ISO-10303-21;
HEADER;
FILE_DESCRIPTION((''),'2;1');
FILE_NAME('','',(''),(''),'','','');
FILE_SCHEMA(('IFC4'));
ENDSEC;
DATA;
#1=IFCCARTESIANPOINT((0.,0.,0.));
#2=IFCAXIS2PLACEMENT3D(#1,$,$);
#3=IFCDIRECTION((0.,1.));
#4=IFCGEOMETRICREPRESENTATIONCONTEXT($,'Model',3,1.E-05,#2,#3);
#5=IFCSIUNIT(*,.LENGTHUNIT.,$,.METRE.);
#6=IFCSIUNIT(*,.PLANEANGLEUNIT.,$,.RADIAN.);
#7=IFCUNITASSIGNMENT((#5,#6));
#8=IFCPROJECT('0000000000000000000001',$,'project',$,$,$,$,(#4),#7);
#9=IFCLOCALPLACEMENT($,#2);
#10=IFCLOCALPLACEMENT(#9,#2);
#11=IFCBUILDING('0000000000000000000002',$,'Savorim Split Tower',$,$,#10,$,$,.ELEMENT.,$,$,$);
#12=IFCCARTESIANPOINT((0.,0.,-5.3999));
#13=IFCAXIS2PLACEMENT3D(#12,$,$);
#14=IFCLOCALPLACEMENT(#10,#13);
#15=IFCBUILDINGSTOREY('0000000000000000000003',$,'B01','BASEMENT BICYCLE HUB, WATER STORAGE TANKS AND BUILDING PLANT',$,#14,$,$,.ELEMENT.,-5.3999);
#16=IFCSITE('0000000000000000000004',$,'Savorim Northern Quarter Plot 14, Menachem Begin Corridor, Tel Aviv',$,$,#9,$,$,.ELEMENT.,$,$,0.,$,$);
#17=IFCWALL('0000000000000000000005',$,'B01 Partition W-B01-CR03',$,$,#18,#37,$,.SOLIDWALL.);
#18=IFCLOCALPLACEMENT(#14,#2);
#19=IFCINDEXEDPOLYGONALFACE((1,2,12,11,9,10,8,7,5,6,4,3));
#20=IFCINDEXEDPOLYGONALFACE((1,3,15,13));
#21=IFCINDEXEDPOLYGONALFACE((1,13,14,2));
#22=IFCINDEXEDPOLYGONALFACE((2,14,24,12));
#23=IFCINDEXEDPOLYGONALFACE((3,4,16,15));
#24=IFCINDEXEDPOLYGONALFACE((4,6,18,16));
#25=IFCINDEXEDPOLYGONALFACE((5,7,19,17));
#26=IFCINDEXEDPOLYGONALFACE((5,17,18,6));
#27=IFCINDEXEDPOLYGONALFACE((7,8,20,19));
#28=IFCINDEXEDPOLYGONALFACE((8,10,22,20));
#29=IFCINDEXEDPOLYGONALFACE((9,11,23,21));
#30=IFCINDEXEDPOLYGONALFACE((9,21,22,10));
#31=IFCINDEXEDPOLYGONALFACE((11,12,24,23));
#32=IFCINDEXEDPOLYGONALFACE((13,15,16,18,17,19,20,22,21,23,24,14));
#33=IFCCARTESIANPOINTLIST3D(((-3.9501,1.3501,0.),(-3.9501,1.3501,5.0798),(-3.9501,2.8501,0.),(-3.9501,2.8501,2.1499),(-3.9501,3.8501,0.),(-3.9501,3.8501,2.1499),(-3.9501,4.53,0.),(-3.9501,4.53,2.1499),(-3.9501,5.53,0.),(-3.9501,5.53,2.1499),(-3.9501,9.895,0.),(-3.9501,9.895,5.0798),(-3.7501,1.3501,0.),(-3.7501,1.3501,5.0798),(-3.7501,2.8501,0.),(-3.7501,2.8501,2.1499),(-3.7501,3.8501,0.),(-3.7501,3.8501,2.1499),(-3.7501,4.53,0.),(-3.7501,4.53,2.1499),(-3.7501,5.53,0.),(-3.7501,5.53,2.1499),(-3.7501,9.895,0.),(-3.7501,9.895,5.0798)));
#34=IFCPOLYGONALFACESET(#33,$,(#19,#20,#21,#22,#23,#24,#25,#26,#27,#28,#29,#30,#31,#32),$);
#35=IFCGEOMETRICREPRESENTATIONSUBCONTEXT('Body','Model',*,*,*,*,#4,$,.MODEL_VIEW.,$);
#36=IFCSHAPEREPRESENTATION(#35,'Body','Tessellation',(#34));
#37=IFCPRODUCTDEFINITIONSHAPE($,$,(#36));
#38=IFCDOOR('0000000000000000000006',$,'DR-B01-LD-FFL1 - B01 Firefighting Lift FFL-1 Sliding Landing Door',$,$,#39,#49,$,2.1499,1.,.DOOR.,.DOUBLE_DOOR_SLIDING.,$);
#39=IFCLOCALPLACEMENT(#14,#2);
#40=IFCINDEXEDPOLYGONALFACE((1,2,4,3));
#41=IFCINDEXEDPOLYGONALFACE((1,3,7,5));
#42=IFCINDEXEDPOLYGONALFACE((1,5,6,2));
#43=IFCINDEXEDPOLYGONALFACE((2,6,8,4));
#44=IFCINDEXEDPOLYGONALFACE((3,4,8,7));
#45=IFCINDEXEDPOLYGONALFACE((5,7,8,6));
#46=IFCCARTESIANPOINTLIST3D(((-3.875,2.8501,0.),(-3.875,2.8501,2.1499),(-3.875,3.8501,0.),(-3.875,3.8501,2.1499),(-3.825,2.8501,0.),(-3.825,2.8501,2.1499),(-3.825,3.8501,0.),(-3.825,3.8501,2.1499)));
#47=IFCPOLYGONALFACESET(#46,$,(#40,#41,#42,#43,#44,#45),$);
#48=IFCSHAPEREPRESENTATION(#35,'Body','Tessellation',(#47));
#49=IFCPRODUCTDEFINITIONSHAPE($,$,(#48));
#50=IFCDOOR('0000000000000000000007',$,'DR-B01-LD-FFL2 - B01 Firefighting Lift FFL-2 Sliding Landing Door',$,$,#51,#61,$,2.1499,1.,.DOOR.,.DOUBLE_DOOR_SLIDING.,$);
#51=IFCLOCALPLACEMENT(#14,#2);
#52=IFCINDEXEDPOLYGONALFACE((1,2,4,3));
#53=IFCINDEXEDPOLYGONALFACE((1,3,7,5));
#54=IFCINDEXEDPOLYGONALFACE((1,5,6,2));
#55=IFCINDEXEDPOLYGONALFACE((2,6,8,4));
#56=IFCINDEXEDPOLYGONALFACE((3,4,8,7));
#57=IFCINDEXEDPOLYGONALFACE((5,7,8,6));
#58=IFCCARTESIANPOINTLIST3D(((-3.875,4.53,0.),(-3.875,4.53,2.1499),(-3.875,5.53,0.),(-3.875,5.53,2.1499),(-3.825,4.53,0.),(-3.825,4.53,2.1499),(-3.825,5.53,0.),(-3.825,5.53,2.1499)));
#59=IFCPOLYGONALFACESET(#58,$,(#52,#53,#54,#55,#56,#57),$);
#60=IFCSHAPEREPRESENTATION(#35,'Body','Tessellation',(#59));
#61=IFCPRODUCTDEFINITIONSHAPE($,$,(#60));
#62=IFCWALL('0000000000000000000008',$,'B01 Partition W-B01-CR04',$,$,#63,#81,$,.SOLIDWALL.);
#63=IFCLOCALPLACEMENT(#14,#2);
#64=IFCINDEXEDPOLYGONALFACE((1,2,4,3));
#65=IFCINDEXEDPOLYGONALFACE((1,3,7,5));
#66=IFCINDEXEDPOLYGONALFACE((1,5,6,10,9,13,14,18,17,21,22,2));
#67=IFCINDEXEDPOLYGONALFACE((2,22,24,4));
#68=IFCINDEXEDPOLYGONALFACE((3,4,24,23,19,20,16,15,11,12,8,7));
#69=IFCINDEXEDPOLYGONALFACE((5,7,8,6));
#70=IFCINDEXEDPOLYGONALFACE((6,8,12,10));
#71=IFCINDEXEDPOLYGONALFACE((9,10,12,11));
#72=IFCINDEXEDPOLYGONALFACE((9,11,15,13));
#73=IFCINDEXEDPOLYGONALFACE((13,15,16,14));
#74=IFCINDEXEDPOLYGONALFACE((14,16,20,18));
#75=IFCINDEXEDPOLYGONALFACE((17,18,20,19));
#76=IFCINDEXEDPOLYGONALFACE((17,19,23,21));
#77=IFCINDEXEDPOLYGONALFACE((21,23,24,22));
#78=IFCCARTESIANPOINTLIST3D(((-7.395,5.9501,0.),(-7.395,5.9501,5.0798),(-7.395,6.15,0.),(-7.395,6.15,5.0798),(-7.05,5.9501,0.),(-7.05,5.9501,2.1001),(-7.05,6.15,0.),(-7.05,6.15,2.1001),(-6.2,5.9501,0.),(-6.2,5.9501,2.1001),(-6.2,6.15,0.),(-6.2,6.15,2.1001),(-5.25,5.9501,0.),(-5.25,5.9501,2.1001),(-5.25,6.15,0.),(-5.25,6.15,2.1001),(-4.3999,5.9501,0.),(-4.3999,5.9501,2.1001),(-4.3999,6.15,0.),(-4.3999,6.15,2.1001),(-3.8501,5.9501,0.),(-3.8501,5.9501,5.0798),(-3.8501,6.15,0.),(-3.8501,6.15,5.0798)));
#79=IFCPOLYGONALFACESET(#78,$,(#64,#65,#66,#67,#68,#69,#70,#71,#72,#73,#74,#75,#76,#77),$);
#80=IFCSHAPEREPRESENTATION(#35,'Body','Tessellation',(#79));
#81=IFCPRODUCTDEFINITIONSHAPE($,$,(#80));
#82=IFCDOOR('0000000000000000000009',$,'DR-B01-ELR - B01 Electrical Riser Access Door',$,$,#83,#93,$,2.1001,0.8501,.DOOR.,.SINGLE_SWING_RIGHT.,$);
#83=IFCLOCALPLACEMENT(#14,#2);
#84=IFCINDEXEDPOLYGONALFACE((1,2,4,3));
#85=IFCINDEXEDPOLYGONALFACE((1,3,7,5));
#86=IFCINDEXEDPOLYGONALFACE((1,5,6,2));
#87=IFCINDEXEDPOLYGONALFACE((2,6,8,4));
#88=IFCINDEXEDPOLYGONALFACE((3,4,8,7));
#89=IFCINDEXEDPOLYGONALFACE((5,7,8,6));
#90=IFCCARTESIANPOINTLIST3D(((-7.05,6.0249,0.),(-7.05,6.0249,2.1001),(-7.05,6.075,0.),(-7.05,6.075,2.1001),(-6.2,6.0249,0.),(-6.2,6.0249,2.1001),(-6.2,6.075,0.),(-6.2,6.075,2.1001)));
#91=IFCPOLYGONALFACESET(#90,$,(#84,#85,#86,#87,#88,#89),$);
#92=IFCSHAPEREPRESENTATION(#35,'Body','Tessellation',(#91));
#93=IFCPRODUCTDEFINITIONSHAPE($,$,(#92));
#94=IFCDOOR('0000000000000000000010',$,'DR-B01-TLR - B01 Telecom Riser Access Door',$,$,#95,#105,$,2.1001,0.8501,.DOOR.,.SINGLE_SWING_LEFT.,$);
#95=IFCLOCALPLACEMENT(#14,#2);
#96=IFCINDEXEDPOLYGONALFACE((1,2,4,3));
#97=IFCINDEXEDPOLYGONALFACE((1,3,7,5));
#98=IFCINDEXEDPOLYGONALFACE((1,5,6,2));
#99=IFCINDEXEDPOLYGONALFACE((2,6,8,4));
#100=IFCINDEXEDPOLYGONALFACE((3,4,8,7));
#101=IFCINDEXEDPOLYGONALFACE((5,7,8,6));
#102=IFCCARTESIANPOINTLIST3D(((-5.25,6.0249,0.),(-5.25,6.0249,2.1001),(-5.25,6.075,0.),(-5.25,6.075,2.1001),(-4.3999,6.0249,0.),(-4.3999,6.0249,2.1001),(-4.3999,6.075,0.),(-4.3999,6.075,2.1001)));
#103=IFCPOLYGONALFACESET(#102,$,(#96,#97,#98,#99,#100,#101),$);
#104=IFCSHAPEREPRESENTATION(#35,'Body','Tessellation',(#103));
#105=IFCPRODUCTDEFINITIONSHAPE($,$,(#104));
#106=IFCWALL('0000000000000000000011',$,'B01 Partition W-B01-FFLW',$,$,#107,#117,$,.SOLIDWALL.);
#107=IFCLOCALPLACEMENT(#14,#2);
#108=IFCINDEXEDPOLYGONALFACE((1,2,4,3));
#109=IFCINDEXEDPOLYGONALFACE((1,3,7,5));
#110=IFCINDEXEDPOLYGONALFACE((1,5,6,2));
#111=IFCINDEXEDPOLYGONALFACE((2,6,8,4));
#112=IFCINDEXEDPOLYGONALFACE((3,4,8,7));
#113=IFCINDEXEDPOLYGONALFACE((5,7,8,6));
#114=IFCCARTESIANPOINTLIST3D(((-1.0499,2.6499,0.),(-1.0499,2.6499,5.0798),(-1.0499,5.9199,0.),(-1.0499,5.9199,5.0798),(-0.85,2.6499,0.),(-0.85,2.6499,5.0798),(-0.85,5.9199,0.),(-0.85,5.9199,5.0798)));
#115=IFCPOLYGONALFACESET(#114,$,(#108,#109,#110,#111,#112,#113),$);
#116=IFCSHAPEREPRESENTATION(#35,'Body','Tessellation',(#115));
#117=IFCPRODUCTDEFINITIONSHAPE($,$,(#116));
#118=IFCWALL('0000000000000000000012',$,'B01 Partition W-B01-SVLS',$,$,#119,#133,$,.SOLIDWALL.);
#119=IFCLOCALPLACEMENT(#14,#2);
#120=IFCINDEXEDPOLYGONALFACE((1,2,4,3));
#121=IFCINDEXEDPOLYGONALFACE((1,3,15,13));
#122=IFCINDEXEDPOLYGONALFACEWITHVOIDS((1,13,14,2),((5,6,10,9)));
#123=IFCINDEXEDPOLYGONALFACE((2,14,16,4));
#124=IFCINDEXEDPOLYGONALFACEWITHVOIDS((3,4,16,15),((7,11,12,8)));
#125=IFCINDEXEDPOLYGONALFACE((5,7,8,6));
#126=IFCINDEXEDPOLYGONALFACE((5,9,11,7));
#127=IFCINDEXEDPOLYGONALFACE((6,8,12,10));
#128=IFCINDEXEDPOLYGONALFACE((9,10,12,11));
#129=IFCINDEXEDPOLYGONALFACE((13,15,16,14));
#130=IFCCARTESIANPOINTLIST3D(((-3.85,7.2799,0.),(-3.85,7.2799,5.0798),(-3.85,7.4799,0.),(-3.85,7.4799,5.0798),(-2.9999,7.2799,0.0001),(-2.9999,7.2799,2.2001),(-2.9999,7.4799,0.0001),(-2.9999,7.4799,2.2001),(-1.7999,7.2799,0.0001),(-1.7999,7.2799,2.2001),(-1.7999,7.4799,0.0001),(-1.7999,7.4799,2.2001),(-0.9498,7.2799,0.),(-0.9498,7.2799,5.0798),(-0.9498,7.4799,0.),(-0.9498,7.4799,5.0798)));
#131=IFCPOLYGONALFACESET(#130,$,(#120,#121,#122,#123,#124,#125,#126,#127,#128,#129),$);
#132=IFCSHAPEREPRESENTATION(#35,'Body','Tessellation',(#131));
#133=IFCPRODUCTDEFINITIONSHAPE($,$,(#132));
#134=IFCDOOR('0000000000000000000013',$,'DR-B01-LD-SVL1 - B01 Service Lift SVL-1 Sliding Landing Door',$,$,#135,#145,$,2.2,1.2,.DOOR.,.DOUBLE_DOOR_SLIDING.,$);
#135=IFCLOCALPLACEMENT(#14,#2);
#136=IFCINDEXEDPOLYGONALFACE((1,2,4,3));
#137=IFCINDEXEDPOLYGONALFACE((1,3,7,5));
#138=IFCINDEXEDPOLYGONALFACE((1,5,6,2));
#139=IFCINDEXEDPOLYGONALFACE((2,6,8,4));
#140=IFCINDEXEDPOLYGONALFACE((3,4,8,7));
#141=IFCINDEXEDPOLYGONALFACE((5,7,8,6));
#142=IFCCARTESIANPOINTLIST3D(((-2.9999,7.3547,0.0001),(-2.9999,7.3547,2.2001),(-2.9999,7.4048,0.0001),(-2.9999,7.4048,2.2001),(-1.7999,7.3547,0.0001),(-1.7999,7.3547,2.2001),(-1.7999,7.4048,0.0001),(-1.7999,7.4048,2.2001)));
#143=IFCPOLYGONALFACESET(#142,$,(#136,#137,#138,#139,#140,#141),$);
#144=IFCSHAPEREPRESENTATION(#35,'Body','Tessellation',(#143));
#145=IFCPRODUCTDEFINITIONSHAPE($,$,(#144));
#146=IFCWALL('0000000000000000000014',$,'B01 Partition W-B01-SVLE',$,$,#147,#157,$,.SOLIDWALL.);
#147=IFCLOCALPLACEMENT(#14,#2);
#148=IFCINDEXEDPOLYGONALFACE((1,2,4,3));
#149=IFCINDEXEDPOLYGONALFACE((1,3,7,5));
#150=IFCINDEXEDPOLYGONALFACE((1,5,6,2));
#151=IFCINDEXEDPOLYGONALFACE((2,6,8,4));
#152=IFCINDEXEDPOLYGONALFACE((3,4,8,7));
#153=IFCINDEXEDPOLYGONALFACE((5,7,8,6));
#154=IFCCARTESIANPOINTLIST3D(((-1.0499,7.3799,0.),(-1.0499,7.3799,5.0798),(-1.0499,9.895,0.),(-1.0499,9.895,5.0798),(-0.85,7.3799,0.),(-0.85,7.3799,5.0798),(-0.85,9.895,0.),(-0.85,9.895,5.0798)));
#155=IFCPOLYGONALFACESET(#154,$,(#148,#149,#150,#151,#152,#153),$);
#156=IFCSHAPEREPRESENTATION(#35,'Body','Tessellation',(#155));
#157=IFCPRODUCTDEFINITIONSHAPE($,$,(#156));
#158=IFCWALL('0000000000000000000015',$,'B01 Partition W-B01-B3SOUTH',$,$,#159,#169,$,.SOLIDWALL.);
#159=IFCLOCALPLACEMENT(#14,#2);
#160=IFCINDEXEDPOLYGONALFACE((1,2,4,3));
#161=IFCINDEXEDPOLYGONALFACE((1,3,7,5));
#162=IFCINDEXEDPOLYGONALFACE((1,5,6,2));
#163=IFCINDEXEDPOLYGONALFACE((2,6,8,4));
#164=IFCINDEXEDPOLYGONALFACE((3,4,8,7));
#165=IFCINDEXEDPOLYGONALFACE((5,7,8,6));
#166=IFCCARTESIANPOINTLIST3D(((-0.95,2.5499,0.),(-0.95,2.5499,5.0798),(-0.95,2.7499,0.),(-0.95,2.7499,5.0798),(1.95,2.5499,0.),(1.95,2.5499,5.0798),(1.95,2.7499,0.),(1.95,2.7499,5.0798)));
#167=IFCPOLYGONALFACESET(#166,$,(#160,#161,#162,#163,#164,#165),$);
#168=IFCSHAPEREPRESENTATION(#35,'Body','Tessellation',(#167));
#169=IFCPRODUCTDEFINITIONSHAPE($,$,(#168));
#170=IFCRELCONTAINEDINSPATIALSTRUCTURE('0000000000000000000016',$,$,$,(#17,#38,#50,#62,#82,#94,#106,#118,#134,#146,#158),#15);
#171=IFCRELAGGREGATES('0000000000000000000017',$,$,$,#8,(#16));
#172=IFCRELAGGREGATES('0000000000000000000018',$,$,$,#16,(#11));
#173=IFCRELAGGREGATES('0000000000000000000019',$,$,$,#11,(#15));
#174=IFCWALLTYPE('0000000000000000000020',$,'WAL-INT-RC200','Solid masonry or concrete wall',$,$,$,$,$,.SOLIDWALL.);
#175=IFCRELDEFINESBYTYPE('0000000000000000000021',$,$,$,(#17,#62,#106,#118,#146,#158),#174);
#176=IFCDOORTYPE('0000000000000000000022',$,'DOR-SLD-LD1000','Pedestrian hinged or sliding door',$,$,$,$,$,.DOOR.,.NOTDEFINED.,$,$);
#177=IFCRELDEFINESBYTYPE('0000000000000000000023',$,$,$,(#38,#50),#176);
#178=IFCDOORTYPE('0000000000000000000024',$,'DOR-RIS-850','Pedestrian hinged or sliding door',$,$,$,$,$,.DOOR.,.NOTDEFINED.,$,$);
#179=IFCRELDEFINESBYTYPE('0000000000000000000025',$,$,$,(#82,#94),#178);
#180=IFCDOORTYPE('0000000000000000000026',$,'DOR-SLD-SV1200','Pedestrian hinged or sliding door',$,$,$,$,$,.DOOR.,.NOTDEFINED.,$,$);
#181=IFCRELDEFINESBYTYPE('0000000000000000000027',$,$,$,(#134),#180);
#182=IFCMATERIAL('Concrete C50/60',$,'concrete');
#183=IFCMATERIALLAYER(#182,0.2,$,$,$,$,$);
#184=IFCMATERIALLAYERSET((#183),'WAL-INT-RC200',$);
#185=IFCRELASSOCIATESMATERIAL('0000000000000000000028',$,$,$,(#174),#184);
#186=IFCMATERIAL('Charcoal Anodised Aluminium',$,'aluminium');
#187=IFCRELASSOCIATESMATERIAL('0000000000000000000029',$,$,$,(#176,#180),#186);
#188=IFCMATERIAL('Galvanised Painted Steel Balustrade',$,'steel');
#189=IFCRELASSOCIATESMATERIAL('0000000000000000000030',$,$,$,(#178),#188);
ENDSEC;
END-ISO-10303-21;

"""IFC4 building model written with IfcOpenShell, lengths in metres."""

from ifc_helpers import new_model, si_unit, direction, frame, frame_2d, origin, place, context, subcontext, project, spatial, rectangle, extrude, material, layer, layer_set, type_object, element, fill, save


model = new_model("IFC4")

# Units and contexts
model_context = context("Model", 3, precision=1e-05, world=origin(), true_north=direction((0.0, 1.0)))
body_context = subcontext(model_context, "Body", "Model", "MODEL_VIEW")
ifc_project = project(units=[si_unit("LENGTHUNIT", "METRE"), si_unit("PLANEANGLEUNIT", "RADIAN")], contexts=[model_context])

# Site, building, storey
site_placement = place(None, origin())
site = spatial("IfcSite", under=ifc_project, at=site_placement, Name="Savorim Northern Quarter Plot 14, Menachem Begin Corridor, Tel Aviv", CompositionType="ELEMENT", RefElevation=0.0)
building_placement = place(site_placement, origin())
building = spatial("IfcBuilding", under=site, at=building_placement, Name="Savorim Split Tower", CompositionType="ELEMENT")
storey_placement = place(building_placement, frame((0.0, 0.0, -5.3999)))
storey = spatial("IfcBuildingStorey", under=building, at=storey_placement, Name="B01", Description="BASEMENT BICYCLE HUB, WATER STORAGE TANKS AND BUILDING PLANT", CompositionType="ELEMENT", Elevation=-5.3999)

# Shared definitions
ifc_material_1 = material(Name="Concrete C50/60", Category="concrete")

# Shared definitions
ifc_layer_1 = layer(ifc_material_1, 0.2)
ifc_layer_set_1 = layer_set([ifc_layer_1], Name="WAL-INT-RC200")
wall_type_1 = type_object("IfcWallType", Name="WAL-INT-RC200", Description="Solid masonry or concrete wall", PredefinedType="SOLIDWALL", material=ifc_layer_set_1)

# Walls, openings, doors
wall_1_placement = place(storey_placement, frame((-3.8501, 1.3501, 0.0), z_axis=(0.0, 0.0, 1.0), x_axis=(0.0, 1.0, 0.0)))
wall_1 = element("IfcWall", 1, at=wall_1_placement, inside=storey, type_object=wall_type_1, Name="B01 Partition W-B01-CR03", PredefinedType="SOLIDWALL", context=body_context, shape_type="SweptSolid", body=[
    extrude(rectangle(XDim=8.5449, YDim=0.2, at=frame_2d((4.2725, 0.0))), origin(), (0.0, 0.0, 1.0), 5.0798),
])
opening_1_placement = place(wall_1_placement, frame((1.5, 0.0, 0.0)))
opening_1 = element("IfcOpeningElement", 2, at=opening_1_placement, cuts=wall_1, PredefinedType="OPENING", context=body_context, shape_type="SweptSolid", body=[
    extrude(rectangle(XDim=1.0, YDim=2.1499, at=frame_2d((0.5, 1.075))), frame((0.0, 0.1099, 0.0), z_axis=(0.0, -1.0, 0.0), x_axis=(1.0, 0.0, 0.0)), (0.0, 0.0, 1.0), 0.22),
])
opening_2_placement = place(wall_1_placement, frame((3.1799, 0.0, 0.0)))
opening_2 = element("IfcOpeningElement", 3, at=opening_2_placement, cuts=wall_1, PredefinedType="OPENING", context=body_context, shape_type="SweptSolid", body=[
    extrude(rectangle(XDim=1.0, YDim=2.1499, at=frame_2d((0.5, 1.075))), frame((0.0, 0.1099, 0.0), z_axis=(0.0, -1.0, 0.0), x_axis=(1.0, 0.0, 0.0)), (0.0, 0.0, 1.0), 0.22),
])
ifc_material_2 = material(Name="Charcoal Anodised Aluminium", Category="aluminium")
door_type_1 = type_object("IfcDoorType", Name="DOR-SLD-LD1000", Description="Pedestrian hinged or sliding door", OperationType="NOTDEFINED", PredefinedType="DOOR", material=ifc_material_2)
door_1_placement = place(opening_1_placement, origin())
door_1 = element("IfcDoor", 4, at=door_1_placement, inside=storey, type_object=door_type_1, Name="DR-B01-LD-FFL1 - B01 Firefighting Lift FFL-1 Sliding Landing Door", OperationType="DOUBLE_DOOR_SLIDING", OverallHeight=2.1499, OverallWidth=1.0, PredefinedType="DOOR", context=body_context, shape_type="SweptSolid", body=[
    extrude(rectangle(XDim=1.0, YDim=2.1499, at=frame_2d((0.5, 1.075))), frame((0.0, 0.0249, 0.0), z_axis=(0.0, -1.0, 0.0), x_axis=(1.0, 0.0, 0.0)), (0.0, 0.0, 1.0), 0.05),
])
fill(opening_1, door_1)
door_2_placement = place(opening_2_placement, origin())
door_2 = element("IfcDoor", 5, at=door_2_placement, inside=storey, type_object=door_type_1, Name="DR-B01-LD-FFL2 - B01 Firefighting Lift FFL-2 Sliding Landing Door", OperationType="DOUBLE_DOOR_SLIDING", OverallHeight=2.1499, OverallWidth=1.0, PredefinedType="DOOR", context=body_context, shape_type="SweptSolid", body=[
    extrude(rectangle(XDim=1.0, YDim=2.1499, at=frame_2d((0.5, 1.075))), frame((0.0, 0.0249, 0.0), z_axis=(0.0, -1.0, 0.0), x_axis=(1.0, 0.0, 0.0)), (0.0, 0.0, 1.0), 0.05),
])
fill(opening_2, door_2)
wall_2_placement = place(storey_placement, frame((-7.395, 6.05, 0.0), z_axis=(0.0, 0.0, 1.0), x_axis=(1.0, 0.0, 0.0)))
wall_2 = element("IfcWall", 6, at=wall_2_placement, inside=storey, type_object=wall_type_1, Name="B01 Partition W-B01-CR04", PredefinedType="SOLIDWALL", context=body_context, shape_type="SweptSolid", body=[
    extrude(rectangle(XDim=3.5449, YDim=0.2, at=frame_2d((1.7725, 0.0))), origin(), (0.0, 0.0, 1.0), 5.0798),
])
opening_3_placement = place(wall_2_placement, frame((0.345, 0.0, 0.0)))
opening_3 = element("IfcOpeningElement", 7, at=opening_3_placement, cuts=wall_2, PredefinedType="OPENING", context=body_context, shape_type="SweptSolid", body=[
    extrude(rectangle(XDim=0.8501, YDim=2.1001, at=frame_2d((0.425, 1.05))), frame((0.0, 0.1099, 0.0), z_axis=(0.0, -1.0, 0.0), x_axis=(1.0, 0.0, 0.0)), (0.0, 0.0, 1.0), 0.22),
])
opening_4_placement = place(wall_2_placement, frame((2.145, 0.0, 0.0)))
opening_4 = element("IfcOpeningElement", 8, at=opening_4_placement, cuts=wall_2, PredefinedType="OPENING", context=body_context, shape_type="SweptSolid", body=[
    extrude(rectangle(XDim=0.8501, YDim=2.1001, at=frame_2d((0.425, 1.05))), frame((0.0, 0.1099, 0.0), z_axis=(0.0, -1.0, 0.0), x_axis=(1.0, 0.0, 0.0)), (0.0, 0.0, 1.0), 0.22),
])
ifc_material_3 = material(Name="Galvanised Painted Steel Balustrade", Category="steel")
door_type_2 = type_object("IfcDoorType", Name="DOR-RIS-850", Description="Pedestrian hinged or sliding door", OperationType="NOTDEFINED", PredefinedType="DOOR", material=ifc_material_3)
door_3_placement = place(opening_3_placement, origin())
door_3 = element("IfcDoor", 9, at=door_3_placement, inside=storey, type_object=door_type_2, Name="DR-B01-ELR - B01 Electrical Riser Access Door", OperationType="SINGLE_SWING_RIGHT", OverallHeight=2.1001, OverallWidth=0.8501, PredefinedType="DOOR", context=body_context, shape_type="SweptSolid", body=[
    extrude(rectangle(XDim=0.8501, YDim=2.1001, at=frame_2d((0.425, 1.05))), frame((0.0, 0.0249, 0.0), z_axis=(0.0, -1.0, 0.0), x_axis=(1.0, 0.0, 0.0)), (0.0, 0.0, 1.0), 0.05),
])
fill(opening_3, door_3)
door_4_placement = place(opening_4_placement, origin())
door_4 = element("IfcDoor", 10, at=door_4_placement, inside=storey, type_object=door_type_2, Name="DR-B01-TLR - B01 Telecom Riser Access Door", OperationType="SINGLE_SWING_LEFT", OverallHeight=2.1001, OverallWidth=0.8501, PredefinedType="DOOR", context=body_context, shape_type="SweptSolid", body=[
    extrude(rectangle(XDim=0.8501, YDim=2.1001, at=frame_2d((0.425, 1.05))), frame((0.0, 0.0249, 0.0), z_axis=(0.0, -1.0, 0.0), x_axis=(1.0, 0.0, 0.0)), (0.0, 0.0, 1.0), 0.05),
])
fill(opening_4, door_4)

# Wall
wall_3_placement = place(storey_placement, frame((-0.95, 2.6499, 0.0), z_axis=(0.0, 0.0, 1.0), x_axis=(0.0, 1.0, 0.0)))
element("IfcWall", 11, at=wall_3_placement, inside=storey, type_object=wall_type_1, Name="B01 Partition W-B01-FFLW", PredefinedType="SOLIDWALL", context=body_context, shape_type="SweptSolid", body=[
    extrude(rectangle(XDim=3.27, YDim=0.2, at=frame_2d((1.635, 0.0))), origin(), (0.0, 0.0, 1.0), 5.0798),
])

# Wall, opening, door
wall_4_placement = place(storey_placement, frame((-3.8501, 7.3799, 0.0), z_axis=(0.0, 0.0, 1.0), x_axis=(1.0, 0.0, 0.0)))
wall_4 = element("IfcWall", 12, at=wall_4_placement, inside=storey, type_object=wall_type_1, Name="B01 Partition W-B01-SVLS", PredefinedType="SOLIDWALL", context=body_context, shape_type="SweptSolid", body=[
    extrude(rectangle(XDim=2.9001, YDim=0.2, at=frame_2d((1.4502, 0.0))), origin(), (0.0, 0.0, 1.0), 5.0798),
])
opening_5_placement = place(wall_4_placement, frame((0.8501, 0.0, 0.0)))
opening_5 = element("IfcOpeningElement", 13, at=opening_5_placement, cuts=wall_4, PredefinedType="OPENING", context=body_context, shape_type="SweptSolid", body=[
    extrude(rectangle(XDim=1.2, YDim=2.2, at=frame_2d((0.6001, 1.1001))), frame((0.0, 0.1099, 0.0), z_axis=(0.0, -1.0, 0.0), x_axis=(1.0, 0.0, 0.0)), (0.0, 0.0, 1.0), 0.22),
])
door_type_3 = type_object("IfcDoorType", Name="DOR-SLD-SV1200", Description="Pedestrian hinged or sliding door", OperationType="NOTDEFINED", PredefinedType="DOOR", material=ifc_material_2)
door_5_placement = place(opening_5_placement, origin())
door_5 = element("IfcDoor", 14, at=door_5_placement, inside=storey, type_object=door_type_3, Name="DR-B01-LD-SVL1 - B01 Service Lift SVL-1 Sliding Landing Door", OperationType="DOUBLE_DOOR_SLIDING", OverallHeight=2.2, OverallWidth=1.2, PredefinedType="DOOR", context=body_context, shape_type="SweptSolid", body=[
    extrude(rectangle(XDim=1.2, YDim=2.2, at=frame_2d((0.6001, 1.1001))), frame((0.0, 0.0249, 0.0), z_axis=(0.0, -1.0, 0.0), x_axis=(1.0, 0.0, 0.0)), (0.0, 0.0, 1.0), 0.05),
])
fill(opening_5, door_5)

# Walls
wall_5_placement = place(storey_placement, frame((-0.95, 7.3799, 0.0), z_axis=(0.0, 0.0, 1.0), x_axis=(0.0, 1.0, 0.0)))
element("IfcWall", 15, at=wall_5_placement, inside=storey, type_object=wall_type_1, Name="B01 Partition W-B01-SVLE", PredefinedType="SOLIDWALL", context=body_context, shape_type="SweptSolid", body=[
    extrude(rectangle(XDim=2.5151, YDim=0.2, at=frame_2d((1.2576, 0.0))), origin(), (0.0, 0.0, 1.0), 5.0798),
])
wall_6_placement = place(storey_placement, frame((-0.95, 2.6499, 0.0), z_axis=(0.0, 0.0, 1.0), x_axis=(1.0, 0.0, 0.0)))
element("IfcWall", 16, at=wall_6_placement, inside=storey, type_object=wall_type_1, Name="B01 Partition W-B01-B3SOUTH", PredefinedType="SOLIDWALL", context=body_context, shape_type="SweptSolid", body=[
    extrude(rectangle(XDim=2.8999, YDim=0.2, at=frame_2d((1.45, 0.0))), origin(), (0.0, 0.0, 1.0), 5.0798),
])

save(model, "model.ifc")
